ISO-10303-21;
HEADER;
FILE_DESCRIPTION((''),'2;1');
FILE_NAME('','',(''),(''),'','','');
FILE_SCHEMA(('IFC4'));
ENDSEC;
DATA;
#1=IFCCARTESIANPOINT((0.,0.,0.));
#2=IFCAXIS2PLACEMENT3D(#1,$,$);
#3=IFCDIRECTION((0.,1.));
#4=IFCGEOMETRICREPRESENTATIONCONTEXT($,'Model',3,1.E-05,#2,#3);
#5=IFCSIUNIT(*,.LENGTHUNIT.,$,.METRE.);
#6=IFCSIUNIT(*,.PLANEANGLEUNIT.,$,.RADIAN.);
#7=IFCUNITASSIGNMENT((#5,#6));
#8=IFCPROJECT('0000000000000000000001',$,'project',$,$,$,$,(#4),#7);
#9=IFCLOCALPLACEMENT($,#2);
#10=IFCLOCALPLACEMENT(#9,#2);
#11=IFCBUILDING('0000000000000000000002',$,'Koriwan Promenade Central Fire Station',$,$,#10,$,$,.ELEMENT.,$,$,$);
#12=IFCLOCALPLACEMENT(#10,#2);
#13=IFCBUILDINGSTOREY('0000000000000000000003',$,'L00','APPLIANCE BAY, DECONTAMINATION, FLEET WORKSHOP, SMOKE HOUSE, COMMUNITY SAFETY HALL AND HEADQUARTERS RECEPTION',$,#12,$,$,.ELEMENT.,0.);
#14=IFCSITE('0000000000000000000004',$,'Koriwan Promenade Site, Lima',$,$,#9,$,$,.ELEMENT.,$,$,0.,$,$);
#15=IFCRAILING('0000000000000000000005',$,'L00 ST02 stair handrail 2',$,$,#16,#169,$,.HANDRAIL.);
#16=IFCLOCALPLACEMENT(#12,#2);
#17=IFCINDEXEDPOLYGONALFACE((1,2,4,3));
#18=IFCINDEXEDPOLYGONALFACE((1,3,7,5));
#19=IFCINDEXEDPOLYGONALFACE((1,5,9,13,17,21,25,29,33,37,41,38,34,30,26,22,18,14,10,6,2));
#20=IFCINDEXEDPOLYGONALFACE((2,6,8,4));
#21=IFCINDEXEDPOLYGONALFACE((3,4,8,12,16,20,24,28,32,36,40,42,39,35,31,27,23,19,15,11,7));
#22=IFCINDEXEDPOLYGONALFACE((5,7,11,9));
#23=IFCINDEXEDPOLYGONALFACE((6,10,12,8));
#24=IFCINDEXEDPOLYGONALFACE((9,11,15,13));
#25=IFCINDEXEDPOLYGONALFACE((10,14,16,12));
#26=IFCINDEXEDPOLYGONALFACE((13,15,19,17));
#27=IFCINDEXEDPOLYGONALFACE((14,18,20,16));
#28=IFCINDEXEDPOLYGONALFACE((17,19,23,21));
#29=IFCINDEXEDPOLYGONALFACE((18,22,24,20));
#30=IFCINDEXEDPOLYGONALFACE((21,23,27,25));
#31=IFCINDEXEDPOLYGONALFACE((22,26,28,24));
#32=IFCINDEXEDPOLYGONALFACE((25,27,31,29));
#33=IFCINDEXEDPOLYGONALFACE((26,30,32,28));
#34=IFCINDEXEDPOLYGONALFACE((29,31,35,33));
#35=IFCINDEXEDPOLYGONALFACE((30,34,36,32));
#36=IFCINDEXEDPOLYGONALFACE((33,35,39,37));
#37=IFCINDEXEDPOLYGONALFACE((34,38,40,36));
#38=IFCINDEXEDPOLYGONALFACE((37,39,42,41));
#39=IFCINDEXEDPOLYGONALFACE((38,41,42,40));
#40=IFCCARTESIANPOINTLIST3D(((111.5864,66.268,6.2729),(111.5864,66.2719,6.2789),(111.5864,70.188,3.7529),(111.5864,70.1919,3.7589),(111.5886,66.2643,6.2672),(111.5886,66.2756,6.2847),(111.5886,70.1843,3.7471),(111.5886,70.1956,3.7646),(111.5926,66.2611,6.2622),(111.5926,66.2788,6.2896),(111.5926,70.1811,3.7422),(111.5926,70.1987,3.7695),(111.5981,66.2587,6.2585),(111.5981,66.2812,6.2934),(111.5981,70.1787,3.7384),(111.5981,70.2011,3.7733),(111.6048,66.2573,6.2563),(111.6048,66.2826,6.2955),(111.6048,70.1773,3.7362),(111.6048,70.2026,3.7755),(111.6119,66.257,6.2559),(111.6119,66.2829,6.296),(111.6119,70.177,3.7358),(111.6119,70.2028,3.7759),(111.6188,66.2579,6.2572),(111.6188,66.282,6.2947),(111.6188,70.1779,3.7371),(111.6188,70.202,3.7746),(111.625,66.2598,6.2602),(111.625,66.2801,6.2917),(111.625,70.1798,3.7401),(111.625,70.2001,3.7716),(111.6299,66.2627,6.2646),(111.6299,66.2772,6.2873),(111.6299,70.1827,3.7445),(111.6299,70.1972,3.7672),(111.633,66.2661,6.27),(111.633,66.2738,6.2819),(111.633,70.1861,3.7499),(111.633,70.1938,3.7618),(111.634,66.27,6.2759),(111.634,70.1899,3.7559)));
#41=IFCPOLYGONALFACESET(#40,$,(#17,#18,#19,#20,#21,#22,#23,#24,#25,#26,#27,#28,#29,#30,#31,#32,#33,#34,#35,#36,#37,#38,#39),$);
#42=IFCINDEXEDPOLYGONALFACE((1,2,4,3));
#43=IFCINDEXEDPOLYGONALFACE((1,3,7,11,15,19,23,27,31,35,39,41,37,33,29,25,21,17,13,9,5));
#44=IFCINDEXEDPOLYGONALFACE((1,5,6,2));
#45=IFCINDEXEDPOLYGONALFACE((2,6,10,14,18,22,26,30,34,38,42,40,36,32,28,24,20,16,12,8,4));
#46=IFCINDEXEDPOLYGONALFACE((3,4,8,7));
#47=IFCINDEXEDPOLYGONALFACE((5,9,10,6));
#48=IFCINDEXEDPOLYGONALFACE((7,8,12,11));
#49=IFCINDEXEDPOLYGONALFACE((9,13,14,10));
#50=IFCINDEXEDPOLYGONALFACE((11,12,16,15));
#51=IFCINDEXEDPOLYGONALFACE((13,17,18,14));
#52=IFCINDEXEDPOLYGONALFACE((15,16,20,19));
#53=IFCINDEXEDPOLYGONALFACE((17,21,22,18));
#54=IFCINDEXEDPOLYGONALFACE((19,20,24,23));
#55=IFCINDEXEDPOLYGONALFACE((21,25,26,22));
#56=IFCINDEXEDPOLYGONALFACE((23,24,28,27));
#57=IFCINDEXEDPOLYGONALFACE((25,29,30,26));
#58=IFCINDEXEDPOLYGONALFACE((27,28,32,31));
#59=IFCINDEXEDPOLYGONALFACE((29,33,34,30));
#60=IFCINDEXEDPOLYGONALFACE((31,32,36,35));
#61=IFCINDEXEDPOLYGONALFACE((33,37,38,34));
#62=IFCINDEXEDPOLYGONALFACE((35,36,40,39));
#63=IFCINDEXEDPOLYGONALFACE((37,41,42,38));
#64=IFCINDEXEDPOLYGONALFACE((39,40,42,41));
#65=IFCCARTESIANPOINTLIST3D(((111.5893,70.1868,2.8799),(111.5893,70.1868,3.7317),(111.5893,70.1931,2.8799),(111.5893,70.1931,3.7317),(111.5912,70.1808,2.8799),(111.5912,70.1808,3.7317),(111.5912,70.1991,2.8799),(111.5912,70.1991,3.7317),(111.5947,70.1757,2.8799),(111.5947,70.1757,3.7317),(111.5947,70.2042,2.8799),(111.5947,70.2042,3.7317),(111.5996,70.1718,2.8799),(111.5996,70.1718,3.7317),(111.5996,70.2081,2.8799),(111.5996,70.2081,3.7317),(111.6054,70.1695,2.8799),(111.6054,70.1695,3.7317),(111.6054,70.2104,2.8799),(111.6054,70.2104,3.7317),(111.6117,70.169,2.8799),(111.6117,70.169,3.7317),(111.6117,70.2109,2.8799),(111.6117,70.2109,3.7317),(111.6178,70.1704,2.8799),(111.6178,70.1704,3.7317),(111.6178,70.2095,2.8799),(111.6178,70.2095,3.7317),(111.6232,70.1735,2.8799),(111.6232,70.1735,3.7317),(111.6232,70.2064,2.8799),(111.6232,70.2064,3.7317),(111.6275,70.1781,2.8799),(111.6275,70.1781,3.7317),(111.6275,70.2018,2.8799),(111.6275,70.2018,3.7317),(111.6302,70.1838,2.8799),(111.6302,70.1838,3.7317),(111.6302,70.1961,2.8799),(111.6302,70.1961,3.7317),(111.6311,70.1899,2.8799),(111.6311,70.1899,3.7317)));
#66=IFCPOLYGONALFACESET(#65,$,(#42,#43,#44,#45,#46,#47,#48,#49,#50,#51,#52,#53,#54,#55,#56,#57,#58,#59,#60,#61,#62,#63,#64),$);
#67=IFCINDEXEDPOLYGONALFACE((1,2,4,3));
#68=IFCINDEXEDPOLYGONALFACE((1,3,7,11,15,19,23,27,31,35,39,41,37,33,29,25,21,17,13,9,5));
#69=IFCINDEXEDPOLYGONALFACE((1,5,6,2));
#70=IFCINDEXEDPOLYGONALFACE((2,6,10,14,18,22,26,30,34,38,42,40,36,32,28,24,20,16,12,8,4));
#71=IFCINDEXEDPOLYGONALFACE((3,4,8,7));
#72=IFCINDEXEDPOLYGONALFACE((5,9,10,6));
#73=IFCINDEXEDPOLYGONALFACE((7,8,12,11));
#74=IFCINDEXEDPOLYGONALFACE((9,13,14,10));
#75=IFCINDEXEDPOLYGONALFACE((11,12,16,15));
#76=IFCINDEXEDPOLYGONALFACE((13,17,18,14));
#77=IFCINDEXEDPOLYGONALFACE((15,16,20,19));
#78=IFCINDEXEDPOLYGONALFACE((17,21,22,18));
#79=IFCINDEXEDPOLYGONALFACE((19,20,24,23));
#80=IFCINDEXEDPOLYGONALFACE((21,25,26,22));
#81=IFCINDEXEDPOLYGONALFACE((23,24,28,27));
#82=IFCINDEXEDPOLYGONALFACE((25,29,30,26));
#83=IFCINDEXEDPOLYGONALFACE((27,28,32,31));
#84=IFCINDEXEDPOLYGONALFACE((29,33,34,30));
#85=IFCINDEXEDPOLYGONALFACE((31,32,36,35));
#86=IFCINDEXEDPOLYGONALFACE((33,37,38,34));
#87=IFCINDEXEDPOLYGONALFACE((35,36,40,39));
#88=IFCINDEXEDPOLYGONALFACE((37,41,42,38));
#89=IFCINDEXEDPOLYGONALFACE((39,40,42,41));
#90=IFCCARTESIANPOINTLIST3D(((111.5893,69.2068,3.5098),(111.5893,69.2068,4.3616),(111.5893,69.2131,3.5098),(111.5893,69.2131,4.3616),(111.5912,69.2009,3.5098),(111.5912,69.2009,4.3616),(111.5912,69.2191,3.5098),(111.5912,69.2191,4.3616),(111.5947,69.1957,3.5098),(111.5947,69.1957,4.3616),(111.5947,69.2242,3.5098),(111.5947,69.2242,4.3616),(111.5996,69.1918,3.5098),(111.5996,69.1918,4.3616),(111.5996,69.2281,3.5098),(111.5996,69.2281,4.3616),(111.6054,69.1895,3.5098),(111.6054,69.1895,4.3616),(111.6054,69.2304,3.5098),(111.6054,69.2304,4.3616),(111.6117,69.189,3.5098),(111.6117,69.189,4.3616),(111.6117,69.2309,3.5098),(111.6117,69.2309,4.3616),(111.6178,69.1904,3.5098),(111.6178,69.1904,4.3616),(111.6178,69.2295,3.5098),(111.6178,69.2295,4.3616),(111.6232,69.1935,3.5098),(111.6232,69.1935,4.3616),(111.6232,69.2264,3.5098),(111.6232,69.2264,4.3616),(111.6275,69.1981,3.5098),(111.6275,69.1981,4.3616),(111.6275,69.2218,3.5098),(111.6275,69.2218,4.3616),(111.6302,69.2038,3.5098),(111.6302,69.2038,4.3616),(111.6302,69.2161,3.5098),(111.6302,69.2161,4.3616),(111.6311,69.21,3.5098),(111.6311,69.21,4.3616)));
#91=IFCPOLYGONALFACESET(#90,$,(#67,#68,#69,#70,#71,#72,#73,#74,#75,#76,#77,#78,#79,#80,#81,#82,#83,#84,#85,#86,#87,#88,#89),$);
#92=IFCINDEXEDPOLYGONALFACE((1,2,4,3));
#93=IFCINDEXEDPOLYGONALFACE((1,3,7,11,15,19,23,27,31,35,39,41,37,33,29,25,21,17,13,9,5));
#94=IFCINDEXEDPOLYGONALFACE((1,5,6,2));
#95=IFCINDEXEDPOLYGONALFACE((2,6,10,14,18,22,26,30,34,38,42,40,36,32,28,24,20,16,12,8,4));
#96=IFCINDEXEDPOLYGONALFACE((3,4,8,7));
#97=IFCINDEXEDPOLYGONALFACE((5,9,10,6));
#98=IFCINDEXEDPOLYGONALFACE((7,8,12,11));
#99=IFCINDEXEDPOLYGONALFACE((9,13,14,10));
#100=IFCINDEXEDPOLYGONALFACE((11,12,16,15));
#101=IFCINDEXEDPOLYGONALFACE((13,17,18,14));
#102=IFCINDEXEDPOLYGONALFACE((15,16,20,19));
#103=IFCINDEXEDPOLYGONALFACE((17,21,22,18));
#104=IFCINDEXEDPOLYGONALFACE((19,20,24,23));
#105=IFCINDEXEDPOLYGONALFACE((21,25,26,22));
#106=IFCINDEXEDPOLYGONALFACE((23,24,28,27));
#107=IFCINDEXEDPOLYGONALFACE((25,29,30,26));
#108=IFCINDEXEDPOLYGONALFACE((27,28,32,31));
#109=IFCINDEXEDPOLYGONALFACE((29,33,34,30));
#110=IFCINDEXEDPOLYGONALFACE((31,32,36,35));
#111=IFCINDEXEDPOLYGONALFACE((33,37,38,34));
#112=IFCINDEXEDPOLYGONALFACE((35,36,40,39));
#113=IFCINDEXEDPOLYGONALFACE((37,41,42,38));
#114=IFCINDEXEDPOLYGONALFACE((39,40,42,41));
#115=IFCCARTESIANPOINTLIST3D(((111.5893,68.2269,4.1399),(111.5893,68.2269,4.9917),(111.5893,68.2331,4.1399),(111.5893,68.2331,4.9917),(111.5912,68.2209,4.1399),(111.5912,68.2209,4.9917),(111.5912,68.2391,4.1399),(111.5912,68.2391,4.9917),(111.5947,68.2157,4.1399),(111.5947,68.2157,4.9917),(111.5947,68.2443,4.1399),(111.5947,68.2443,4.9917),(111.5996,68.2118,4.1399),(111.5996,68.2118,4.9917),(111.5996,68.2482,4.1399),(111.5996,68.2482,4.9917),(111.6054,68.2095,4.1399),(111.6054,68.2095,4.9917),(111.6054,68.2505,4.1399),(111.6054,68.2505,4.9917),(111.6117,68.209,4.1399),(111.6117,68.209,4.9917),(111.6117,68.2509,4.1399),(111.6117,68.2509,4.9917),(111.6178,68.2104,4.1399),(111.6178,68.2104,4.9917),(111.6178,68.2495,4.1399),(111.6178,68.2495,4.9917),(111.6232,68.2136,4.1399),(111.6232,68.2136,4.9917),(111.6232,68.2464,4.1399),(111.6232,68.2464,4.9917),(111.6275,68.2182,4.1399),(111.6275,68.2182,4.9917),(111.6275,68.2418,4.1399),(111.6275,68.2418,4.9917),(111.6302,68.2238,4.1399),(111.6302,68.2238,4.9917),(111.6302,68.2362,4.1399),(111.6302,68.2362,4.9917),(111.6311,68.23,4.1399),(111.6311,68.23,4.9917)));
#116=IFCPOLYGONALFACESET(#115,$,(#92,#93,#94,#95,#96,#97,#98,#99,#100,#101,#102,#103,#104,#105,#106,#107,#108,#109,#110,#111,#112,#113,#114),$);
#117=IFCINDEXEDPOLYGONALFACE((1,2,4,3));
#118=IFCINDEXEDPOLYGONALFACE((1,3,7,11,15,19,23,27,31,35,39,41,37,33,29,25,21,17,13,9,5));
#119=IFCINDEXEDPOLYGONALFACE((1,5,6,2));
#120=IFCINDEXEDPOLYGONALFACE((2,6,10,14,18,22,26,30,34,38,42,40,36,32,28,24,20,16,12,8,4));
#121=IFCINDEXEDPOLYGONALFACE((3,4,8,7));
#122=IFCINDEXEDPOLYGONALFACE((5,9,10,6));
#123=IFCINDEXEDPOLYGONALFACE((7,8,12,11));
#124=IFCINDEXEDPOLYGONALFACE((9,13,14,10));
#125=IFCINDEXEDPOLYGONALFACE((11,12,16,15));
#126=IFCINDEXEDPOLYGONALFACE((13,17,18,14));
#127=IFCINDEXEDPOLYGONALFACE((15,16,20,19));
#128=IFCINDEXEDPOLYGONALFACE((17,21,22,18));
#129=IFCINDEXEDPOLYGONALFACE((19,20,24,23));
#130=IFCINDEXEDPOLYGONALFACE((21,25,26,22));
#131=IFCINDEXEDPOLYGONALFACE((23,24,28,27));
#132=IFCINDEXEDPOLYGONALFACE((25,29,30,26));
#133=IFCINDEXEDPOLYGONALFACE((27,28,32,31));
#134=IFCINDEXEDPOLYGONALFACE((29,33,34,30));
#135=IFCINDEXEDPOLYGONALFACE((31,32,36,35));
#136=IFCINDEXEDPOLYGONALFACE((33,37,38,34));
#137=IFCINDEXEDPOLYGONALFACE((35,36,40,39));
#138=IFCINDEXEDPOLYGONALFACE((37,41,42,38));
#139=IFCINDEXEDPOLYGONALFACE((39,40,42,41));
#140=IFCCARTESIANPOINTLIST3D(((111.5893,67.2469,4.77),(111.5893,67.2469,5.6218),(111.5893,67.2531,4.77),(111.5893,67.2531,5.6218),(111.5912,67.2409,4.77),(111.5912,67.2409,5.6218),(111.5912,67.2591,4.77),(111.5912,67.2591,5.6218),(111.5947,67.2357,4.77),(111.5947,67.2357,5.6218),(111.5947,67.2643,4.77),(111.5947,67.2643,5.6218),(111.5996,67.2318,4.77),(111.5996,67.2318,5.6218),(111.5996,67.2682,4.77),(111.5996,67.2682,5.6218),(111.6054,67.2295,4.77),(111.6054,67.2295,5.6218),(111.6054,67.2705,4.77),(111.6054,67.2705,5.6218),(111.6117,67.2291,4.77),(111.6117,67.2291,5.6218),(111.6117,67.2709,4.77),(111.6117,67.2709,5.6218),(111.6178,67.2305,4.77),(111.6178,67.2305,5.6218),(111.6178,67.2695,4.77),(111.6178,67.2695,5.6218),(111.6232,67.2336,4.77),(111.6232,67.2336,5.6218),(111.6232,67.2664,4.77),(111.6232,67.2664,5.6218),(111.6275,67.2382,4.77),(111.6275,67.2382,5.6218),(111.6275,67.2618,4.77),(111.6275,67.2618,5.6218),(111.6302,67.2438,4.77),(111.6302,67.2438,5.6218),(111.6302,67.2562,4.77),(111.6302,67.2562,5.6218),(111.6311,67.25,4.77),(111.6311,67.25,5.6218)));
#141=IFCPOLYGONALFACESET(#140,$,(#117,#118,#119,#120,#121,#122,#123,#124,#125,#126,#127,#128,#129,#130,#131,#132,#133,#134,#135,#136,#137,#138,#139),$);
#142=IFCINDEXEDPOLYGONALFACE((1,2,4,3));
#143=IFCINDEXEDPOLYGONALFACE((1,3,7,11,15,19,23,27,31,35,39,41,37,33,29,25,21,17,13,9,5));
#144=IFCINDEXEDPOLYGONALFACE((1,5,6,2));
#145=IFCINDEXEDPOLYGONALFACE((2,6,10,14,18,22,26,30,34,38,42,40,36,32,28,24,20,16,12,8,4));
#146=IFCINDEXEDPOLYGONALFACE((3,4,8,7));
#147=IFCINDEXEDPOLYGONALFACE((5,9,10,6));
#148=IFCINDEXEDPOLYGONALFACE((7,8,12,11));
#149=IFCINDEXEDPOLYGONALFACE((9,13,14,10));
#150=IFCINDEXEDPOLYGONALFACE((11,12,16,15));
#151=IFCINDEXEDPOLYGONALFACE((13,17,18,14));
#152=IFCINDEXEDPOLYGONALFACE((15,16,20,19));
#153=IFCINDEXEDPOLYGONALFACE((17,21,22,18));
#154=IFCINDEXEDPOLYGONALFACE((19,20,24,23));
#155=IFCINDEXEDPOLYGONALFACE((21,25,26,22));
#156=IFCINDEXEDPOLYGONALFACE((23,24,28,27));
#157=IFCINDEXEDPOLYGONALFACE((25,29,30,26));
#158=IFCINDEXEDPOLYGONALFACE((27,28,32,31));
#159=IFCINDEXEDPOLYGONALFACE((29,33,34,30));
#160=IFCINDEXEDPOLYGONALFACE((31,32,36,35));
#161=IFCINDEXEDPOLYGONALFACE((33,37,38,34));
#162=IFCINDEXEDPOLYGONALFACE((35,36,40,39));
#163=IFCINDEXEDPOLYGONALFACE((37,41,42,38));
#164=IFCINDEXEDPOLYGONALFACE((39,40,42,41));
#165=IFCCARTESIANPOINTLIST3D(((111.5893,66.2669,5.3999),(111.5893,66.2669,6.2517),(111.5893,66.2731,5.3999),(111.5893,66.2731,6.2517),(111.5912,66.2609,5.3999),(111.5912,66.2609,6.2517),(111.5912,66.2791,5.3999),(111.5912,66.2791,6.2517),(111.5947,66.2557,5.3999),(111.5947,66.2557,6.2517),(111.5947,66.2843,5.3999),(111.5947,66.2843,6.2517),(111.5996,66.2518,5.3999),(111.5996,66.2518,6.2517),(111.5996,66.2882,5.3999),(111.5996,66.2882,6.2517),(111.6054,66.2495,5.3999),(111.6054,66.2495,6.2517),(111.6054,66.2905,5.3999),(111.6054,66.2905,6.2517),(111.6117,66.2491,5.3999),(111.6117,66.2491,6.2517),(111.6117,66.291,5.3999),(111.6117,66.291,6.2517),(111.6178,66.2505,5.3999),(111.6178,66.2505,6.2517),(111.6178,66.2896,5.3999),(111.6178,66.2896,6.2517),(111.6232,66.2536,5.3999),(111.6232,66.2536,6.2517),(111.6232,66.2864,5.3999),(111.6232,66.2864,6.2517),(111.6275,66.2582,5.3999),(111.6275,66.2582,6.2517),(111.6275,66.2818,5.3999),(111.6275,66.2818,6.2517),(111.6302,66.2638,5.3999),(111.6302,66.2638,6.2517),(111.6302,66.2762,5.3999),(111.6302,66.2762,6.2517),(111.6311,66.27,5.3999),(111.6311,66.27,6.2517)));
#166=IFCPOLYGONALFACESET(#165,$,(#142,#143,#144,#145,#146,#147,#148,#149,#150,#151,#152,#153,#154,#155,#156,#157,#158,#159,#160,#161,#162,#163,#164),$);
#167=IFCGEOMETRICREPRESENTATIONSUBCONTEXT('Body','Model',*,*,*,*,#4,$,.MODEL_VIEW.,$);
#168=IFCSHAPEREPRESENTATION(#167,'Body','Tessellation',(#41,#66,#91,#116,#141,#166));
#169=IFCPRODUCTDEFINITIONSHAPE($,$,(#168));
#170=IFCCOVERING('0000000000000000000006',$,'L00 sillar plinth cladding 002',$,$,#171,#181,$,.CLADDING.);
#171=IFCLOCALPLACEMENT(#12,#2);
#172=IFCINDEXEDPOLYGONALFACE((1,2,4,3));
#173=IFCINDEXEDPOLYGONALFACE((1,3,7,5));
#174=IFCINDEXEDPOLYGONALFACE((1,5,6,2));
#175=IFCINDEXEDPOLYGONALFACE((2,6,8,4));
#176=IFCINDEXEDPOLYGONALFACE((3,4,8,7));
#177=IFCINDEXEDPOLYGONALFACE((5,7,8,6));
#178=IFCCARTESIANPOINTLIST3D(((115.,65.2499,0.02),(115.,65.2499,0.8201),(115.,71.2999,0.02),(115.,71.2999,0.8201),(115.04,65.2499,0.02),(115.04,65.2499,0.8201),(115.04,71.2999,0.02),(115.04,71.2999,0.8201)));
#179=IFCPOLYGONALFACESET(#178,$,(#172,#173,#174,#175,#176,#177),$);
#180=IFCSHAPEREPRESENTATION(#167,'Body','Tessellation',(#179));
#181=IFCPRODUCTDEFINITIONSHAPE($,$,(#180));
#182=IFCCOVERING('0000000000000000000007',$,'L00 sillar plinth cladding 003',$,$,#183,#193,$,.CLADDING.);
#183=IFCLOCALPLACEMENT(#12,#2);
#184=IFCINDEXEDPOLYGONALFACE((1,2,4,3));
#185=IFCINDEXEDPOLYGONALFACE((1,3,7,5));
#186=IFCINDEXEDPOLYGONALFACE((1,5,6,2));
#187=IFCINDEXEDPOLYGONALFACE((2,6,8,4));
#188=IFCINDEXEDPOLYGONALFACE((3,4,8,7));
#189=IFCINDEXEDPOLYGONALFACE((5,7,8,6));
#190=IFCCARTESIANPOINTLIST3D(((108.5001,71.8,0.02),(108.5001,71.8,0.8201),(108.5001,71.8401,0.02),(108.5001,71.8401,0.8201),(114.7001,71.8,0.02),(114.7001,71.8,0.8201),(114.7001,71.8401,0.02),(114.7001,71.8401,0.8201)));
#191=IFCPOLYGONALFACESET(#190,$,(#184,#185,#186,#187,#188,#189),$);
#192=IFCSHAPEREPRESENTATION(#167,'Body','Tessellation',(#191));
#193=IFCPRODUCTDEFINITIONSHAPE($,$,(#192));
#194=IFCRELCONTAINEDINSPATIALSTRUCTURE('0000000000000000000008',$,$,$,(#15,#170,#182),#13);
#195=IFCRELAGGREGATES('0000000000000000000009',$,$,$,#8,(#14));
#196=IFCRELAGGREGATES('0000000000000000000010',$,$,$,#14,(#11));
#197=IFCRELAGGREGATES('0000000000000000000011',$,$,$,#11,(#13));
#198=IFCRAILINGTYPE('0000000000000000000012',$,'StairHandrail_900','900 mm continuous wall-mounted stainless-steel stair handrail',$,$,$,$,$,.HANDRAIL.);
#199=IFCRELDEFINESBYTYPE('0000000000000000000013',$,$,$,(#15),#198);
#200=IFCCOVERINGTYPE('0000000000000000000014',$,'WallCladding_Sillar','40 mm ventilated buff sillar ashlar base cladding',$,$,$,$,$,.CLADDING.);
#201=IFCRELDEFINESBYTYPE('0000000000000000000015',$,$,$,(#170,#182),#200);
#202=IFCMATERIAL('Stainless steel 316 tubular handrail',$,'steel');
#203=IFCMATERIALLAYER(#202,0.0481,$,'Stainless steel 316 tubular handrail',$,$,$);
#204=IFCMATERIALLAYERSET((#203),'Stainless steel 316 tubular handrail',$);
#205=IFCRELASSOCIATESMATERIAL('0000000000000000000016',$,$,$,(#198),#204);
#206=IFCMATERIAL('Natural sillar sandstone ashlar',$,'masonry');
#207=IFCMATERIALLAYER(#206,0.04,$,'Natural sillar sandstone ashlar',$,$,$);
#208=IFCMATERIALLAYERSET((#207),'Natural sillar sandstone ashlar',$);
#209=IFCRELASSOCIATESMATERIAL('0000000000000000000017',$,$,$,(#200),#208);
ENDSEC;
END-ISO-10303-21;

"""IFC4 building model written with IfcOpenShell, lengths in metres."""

from ifc_helpers import new_model, si_unit, direction, frame, origin, origin_2d, place, context, subcontext, project, spatial, rectangle, circle, extrude, material, layer, layer_set, type_object, element, save


model = new_model("IFC4")

# Units and contexts
model_context = context("Model", 3, precision=1e-05, world=origin(), true_north=direction((0.0, 1.0)))
body_context = subcontext(model_context, "Body", "Model", "MODEL_VIEW")
ifc_project = project(units=[si_unit("LENGTHUNIT", "METRE"), si_unit("PLANEANGLEUNIT", "RADIAN")], contexts=[model_context])

# Site, building, storey
site_placement = place(None, origin())
site = spatial("IfcSite", under=ifc_project, at=site_placement, Name="Koriwan Promenade Site, Lima", CompositionType="ELEMENT", RefElevation=0.0)
building_placement = place(site_placement, origin())
building = spatial("IfcBuilding", under=site, at=building_placement, Name="Koriwan Promenade Central Fire Station", CompositionType="ELEMENT")
storey_placement = place(building_placement, origin())
storey = spatial("IfcBuildingStorey", under=building, at=storey_placement, Name="L00", Description="APPLIANCE BAY, DECONTAMINATION, FLEET WORKSHOP, SMOKE HOUSE, COMMUNITY SAFETY HALL AND HEADQUARTERS RECEPTION", CompositionType="ELEMENT", Elevation=0.0)

# Railing
ifc_material_1 = material(Name="Stainless steel 316 tubular handrail", Category="steel")
ifc_layer_1 = layer(ifc_material_1, 0.0481, Name="Stainless steel 316 tubular handrail")
ifc_layer_set_1 = layer_set([ifc_layer_1], Name="Stainless steel 316 tubular handrail")
railing_type_1 = type_object("IfcRailingType", Name="StairHandrail_900", Description="900 mm continuous wall-mounted stainless-steel stair handrail", PredefinedType="HANDRAIL", material=ifc_layer_set_1)
railing_1_placement = place(storey_placement, frame((111.6101, 70.1899, 2.8799)))
element("IfcRailing", 1, at=railing_1_placement, inside=storey, type_object=railing_type_1, Name="L00 ST02 stair handrail 2", PredefinedType="HANDRAIL", context=body_context, shape_type="SweptSolid", body=[
    extrude(circle(Radius=0.0239, at=origin_2d()), frame((0.0, 0.0, 0.876), z_axis=(0.0, -0.841172, 0.540768), x_axis=(1.0, 0.0, 0.0)), (0.0, 0.0, 1.0), 4.6602),
    extrude(circle(Radius=0.021, at=origin_2d()), origin(), (0.0, 0.0, 1.0), 0.8518),
    extrude(circle(Radius=0.021, at=origin_2d()), frame((0.0, -0.98, 0.6299)), (0.0, 0.0, 1.0), 0.8518),
    extrude(circle(Radius=0.021, at=origin_2d()), frame((0.0, -1.96, 1.26)), (0.0, 0.0, 1.0), 0.8518),
    extrude(circle(Radius=0.021, at=origin_2d()), frame((0.0, -2.9399, 1.8901)), (0.0, 0.0, 1.0), 0.8518),
    extrude(circle(Radius=0.021, at=origin_2d()), frame((0.0, -3.9199, 2.52)), (0.0, 0.0, 1.0), 0.8518),
])

# Coverings
ifc_material_2 = material(Name="Natural sillar sandstone ashlar", Category="masonry")
ifc_layer_2 = layer(ifc_material_2, 0.04, Name="Natural sillar sandstone ashlar")
ifc_layer_set_2 = layer_set([ifc_layer_2], Name="Natural sillar sandstone ashlar")
covering_type = type_object("IfcCoveringType", Name="WallCladding_Sillar", Description="40 mm ventilated buff sillar ashlar base cladding", PredefinedType="CLADDING", material=ifc_layer_set_2)
covering_1_placement = place(storey_placement, frame((115.02, 68.2749, 0.02), z_axis=(0.0, 0.0, 1.0), x_axis=(0.0, 1.0, 0.0)))
element("IfcCovering", 2, at=covering_1_placement, inside=storey, type_object=covering_type, Name="L00 sillar plinth cladding 002", PredefinedType="CLADDING", context=body_context, shape_type="SweptSolid", body=[
    extrude(rectangle(XDim=6.05, YDim=0.04, at=origin_2d()), origin(), (0.0, 0.0, 1.0), 0.8),
])
covering_2_placement = place(storey_placement, frame((111.6001, 71.8201, 0.02), z_axis=(0.0, 0.0, 1.0), x_axis=(-1.0, 0.0, 0.0)))
element("IfcCovering", 3, at=covering_2_placement, inside=storey, type_object=covering_type, Name="L00 sillar plinth cladding 003", PredefinedType="CLADDING", context=body_context, shape_type="SweptSolid", body=[
    extrude(rectangle(XDim=6.2, YDim=0.04, at=origin_2d()), origin(), (0.0, 0.0, 1.0), 0.8),
])

save(model, "model.ifc")
